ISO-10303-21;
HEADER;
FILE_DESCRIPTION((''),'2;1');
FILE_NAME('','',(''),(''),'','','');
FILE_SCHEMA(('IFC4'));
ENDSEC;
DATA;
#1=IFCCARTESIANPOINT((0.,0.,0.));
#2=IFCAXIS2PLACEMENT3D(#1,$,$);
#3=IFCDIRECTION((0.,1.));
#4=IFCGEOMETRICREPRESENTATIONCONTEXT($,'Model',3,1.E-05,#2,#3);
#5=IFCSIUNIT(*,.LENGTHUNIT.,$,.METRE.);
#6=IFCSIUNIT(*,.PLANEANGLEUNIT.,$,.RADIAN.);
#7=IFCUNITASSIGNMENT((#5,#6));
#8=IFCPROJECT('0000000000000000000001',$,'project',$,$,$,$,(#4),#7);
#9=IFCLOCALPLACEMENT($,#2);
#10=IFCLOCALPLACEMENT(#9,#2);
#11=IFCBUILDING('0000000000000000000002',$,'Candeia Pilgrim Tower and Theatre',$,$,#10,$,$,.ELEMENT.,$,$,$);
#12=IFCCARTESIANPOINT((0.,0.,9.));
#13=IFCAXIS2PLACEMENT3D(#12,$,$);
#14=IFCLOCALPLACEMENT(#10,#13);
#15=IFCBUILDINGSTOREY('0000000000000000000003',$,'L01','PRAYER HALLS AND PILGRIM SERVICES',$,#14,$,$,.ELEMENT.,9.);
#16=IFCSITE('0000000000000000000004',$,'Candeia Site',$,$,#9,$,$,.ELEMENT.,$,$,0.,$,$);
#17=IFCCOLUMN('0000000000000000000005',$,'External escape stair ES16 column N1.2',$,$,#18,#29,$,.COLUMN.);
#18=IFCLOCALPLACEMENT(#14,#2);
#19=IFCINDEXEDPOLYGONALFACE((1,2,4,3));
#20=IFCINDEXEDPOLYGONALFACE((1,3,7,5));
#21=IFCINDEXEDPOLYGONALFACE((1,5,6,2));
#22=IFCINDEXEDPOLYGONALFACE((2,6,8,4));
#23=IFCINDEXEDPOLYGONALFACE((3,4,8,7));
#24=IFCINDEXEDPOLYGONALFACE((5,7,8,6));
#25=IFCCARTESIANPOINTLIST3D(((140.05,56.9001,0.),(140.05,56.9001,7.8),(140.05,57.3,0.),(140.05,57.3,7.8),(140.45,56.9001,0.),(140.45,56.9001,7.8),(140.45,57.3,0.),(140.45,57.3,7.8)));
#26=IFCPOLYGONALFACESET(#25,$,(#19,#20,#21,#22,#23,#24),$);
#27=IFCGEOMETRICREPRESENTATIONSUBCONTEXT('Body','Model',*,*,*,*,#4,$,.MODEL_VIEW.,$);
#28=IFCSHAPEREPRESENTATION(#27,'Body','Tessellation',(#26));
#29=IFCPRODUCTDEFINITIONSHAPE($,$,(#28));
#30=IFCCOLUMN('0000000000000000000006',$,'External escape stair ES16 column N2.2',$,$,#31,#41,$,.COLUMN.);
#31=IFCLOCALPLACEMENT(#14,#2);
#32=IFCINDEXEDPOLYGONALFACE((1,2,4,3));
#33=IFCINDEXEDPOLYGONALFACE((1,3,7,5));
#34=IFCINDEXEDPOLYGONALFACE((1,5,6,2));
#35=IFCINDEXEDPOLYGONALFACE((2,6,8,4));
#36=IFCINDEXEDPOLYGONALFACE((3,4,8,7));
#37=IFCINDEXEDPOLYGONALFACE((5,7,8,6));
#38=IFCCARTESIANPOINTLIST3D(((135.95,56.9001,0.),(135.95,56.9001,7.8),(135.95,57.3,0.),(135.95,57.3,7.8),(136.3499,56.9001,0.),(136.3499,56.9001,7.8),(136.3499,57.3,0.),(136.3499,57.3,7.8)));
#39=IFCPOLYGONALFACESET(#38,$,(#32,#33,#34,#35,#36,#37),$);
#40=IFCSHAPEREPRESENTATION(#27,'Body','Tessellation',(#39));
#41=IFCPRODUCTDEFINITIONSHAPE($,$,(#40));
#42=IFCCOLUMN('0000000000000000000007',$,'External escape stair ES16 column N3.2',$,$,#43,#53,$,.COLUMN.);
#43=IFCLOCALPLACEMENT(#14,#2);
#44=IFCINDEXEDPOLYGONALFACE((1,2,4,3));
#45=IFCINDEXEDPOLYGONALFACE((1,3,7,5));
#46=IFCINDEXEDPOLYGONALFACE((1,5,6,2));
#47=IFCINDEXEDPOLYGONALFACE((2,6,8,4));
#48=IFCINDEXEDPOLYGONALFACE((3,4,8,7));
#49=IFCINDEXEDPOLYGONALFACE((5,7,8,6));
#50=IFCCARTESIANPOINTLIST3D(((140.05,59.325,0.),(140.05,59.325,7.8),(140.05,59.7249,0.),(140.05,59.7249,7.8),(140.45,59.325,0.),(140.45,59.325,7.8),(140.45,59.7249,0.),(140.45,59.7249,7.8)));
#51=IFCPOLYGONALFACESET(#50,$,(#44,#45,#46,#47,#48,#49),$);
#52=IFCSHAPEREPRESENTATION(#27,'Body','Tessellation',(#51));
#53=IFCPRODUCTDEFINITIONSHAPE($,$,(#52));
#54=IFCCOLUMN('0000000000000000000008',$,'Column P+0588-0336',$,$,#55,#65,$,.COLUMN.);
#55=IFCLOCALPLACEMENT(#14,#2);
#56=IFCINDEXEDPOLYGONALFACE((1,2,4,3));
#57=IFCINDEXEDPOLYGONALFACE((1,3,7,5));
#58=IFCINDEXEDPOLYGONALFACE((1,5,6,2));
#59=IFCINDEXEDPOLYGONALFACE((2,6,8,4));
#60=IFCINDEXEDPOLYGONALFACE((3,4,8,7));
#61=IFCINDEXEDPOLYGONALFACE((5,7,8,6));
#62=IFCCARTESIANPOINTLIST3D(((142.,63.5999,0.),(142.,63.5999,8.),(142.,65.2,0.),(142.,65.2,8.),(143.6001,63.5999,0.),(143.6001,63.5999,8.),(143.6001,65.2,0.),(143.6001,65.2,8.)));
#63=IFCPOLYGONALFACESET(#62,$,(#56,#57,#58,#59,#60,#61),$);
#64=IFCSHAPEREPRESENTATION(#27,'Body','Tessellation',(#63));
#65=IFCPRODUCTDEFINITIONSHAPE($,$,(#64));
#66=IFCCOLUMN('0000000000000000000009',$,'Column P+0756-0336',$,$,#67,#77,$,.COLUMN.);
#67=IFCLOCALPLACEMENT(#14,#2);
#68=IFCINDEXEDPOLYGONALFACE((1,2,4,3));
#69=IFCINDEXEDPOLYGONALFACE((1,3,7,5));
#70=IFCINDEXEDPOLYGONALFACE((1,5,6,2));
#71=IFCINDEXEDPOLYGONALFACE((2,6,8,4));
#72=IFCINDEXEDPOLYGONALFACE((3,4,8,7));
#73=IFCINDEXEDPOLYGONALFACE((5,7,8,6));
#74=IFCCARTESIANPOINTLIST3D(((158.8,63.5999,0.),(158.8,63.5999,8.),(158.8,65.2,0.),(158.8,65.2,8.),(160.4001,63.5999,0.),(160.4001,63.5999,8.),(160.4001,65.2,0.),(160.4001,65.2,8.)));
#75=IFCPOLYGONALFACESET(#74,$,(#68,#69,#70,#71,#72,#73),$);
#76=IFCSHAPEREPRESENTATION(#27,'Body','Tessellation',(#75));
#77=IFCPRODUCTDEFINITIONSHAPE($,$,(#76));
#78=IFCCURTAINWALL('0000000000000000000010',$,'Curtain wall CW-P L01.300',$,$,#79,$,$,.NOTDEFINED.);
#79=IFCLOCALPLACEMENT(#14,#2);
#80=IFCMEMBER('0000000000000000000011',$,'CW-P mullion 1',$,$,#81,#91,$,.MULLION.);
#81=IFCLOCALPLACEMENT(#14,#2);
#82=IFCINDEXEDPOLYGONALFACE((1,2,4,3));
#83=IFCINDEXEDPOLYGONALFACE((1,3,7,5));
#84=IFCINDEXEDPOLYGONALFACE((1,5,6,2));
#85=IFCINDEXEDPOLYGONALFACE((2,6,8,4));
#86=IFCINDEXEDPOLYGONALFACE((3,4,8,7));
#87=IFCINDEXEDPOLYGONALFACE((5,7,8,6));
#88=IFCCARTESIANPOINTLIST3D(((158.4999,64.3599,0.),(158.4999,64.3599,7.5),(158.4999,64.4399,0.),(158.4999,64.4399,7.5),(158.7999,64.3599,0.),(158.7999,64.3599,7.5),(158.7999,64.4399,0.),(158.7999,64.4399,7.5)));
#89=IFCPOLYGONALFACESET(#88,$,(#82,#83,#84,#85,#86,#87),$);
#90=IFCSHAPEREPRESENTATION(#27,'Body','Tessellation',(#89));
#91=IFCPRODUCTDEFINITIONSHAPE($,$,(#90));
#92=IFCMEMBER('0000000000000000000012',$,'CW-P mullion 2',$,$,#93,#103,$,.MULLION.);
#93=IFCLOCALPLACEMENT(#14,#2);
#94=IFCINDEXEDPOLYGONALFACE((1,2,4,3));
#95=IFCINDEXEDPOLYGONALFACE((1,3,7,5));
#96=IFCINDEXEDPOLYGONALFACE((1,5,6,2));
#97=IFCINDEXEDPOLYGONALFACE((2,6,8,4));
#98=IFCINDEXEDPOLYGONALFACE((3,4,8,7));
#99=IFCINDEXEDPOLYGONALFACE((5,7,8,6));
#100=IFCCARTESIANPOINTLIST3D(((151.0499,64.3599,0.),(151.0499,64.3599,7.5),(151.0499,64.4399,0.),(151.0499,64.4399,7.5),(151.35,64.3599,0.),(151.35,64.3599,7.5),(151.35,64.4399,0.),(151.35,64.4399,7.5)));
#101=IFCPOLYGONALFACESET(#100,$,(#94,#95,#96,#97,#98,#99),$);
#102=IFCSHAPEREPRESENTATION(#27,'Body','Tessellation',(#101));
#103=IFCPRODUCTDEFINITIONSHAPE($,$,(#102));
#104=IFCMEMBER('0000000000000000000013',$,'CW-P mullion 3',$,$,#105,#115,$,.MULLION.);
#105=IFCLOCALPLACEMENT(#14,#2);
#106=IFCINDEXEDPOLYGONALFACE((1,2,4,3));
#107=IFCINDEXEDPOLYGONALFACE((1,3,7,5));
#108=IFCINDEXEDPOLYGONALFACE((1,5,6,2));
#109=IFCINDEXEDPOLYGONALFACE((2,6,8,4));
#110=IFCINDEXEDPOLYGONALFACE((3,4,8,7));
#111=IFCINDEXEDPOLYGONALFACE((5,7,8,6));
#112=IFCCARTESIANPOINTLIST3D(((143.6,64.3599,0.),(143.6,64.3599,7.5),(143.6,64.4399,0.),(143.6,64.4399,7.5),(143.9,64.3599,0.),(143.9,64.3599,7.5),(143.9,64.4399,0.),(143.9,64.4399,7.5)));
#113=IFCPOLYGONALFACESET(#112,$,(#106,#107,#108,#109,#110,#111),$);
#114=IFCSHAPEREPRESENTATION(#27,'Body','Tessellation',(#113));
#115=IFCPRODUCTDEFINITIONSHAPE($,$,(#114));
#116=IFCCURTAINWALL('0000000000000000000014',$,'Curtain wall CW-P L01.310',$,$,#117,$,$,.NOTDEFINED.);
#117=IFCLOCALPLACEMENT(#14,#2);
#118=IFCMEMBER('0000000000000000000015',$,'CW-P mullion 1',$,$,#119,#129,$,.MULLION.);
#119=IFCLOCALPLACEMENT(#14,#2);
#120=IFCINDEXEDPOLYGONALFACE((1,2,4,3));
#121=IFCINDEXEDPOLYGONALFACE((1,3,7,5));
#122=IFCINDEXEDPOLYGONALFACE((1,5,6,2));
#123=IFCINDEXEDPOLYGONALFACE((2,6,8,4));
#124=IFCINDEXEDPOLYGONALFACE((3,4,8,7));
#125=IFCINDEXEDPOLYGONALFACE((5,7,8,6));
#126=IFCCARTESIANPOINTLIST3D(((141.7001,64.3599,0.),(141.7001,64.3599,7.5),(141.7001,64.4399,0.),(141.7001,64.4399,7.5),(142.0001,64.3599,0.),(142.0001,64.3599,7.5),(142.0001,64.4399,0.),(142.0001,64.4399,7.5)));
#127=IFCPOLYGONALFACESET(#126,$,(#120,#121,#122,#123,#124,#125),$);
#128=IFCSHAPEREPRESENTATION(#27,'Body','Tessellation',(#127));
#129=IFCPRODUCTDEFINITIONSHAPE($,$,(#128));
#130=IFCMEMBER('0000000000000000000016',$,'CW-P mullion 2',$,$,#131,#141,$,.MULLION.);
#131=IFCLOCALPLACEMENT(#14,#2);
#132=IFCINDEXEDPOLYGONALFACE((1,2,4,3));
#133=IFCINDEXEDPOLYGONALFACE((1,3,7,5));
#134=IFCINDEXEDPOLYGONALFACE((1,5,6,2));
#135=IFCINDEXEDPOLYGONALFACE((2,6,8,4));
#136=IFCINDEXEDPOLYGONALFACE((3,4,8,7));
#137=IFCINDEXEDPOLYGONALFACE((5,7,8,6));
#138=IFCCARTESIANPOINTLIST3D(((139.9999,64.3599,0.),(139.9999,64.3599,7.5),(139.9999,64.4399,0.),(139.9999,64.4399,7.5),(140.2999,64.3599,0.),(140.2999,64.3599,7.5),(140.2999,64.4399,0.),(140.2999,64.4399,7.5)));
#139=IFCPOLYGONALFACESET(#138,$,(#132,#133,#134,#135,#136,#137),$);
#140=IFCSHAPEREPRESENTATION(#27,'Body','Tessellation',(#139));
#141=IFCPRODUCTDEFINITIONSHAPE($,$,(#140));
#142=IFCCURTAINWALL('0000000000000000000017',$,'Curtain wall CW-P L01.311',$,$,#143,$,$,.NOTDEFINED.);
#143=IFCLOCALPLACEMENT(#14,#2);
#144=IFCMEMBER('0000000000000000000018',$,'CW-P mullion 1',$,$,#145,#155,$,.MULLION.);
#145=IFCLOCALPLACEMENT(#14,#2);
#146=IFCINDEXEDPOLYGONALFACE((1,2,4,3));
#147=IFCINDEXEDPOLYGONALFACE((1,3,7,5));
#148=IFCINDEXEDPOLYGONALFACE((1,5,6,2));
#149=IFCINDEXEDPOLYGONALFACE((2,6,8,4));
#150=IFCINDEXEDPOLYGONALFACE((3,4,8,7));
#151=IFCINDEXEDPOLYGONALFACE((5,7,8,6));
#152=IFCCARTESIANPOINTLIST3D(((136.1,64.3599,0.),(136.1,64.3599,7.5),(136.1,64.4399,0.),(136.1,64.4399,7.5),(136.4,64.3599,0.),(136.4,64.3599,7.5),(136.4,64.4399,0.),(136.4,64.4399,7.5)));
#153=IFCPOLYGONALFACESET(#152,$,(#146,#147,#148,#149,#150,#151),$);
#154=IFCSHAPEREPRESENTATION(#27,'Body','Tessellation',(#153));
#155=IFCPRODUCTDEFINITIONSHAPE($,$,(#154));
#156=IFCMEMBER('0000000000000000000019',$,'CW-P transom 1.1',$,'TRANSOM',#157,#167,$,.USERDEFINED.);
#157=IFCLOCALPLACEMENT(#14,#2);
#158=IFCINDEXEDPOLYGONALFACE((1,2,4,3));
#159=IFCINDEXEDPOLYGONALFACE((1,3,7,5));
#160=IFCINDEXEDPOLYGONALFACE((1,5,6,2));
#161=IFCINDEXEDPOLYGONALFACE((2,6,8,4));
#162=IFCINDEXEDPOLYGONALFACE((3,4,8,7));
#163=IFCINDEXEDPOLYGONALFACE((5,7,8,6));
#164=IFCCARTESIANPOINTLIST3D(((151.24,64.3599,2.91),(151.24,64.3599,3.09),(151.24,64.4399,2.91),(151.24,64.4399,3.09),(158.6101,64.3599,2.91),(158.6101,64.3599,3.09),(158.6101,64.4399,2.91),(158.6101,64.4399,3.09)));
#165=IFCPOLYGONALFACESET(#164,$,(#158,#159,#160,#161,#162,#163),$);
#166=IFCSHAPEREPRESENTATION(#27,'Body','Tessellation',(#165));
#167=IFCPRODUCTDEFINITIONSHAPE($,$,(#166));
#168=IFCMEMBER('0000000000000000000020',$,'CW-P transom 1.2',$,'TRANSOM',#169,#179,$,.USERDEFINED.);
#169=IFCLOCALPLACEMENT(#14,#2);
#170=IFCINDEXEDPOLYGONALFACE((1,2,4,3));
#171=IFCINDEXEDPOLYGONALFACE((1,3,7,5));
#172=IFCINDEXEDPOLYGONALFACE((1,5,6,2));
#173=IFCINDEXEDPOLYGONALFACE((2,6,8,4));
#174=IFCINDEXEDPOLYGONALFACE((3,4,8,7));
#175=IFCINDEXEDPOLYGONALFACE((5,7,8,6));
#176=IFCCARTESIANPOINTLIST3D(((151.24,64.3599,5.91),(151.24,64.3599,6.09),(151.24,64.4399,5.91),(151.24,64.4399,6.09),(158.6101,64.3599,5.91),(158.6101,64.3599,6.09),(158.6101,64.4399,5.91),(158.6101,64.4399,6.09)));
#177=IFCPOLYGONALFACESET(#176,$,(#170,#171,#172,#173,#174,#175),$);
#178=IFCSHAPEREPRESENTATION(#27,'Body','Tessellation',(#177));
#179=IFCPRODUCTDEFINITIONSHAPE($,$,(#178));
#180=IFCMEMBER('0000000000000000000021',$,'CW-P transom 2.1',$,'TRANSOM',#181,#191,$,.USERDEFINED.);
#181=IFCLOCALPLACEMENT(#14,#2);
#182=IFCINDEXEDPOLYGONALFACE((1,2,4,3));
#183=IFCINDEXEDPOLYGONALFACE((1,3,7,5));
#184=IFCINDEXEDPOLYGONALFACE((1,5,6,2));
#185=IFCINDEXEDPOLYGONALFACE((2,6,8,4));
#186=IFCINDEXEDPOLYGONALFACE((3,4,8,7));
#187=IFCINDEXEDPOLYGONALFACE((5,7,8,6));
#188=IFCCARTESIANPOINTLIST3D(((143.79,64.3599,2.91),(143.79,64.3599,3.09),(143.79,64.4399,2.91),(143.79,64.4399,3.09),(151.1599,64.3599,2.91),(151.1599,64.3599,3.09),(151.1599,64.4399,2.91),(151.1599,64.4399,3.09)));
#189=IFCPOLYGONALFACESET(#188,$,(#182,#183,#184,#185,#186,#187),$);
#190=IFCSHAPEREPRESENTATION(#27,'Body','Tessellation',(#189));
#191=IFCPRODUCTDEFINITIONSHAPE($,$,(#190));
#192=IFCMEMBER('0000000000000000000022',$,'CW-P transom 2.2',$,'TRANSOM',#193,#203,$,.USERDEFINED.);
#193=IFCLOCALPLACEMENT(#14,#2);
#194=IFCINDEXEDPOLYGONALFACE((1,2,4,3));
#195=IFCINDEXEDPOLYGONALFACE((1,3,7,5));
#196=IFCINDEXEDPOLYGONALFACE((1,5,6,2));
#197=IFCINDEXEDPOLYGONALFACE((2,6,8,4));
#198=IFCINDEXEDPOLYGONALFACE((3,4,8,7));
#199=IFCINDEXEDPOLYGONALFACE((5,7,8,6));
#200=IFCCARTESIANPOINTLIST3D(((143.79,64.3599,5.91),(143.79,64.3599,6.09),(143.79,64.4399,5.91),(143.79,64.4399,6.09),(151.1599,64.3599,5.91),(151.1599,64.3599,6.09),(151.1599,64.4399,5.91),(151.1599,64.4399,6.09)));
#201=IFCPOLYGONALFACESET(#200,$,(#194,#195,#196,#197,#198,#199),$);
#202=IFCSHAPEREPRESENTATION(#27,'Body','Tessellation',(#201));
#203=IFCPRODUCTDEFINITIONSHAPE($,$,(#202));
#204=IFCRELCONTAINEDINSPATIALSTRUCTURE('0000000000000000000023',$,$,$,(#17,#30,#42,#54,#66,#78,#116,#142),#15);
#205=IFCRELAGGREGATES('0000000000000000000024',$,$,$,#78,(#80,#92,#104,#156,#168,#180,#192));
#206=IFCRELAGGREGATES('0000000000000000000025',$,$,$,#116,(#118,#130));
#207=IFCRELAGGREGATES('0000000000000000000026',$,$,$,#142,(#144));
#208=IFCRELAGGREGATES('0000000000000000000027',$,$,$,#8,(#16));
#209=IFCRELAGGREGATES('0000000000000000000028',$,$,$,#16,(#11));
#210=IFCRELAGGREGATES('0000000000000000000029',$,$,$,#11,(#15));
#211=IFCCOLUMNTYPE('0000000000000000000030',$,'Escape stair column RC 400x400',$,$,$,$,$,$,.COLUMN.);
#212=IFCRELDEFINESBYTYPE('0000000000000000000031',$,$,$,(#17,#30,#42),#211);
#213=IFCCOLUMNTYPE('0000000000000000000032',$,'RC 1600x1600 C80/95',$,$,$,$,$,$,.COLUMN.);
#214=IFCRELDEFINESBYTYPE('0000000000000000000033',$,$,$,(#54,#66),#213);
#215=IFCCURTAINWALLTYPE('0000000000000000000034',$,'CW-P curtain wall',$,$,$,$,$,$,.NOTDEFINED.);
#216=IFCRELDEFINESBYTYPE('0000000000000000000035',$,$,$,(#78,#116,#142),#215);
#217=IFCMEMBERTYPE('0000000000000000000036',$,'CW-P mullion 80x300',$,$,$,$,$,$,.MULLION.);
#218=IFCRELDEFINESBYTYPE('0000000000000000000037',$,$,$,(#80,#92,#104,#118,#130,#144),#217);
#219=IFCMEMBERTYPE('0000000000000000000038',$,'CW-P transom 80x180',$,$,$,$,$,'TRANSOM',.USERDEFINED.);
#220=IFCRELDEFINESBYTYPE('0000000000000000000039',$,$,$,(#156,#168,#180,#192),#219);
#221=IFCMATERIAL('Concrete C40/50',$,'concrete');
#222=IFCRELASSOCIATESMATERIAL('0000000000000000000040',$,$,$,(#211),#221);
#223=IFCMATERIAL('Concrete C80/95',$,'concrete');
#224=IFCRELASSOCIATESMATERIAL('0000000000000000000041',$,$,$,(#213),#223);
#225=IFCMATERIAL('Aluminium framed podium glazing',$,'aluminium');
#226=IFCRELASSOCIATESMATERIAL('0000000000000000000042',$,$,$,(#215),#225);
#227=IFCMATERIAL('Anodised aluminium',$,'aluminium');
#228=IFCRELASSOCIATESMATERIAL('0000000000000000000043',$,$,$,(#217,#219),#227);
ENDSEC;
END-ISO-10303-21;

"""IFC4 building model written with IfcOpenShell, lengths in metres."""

from ifc_helpers import new_model, si_unit, direction, frame, origin, origin_2d, place, context, subcontext, project, spatial, rectangle, extrude, material, material_profile, profile_set, type_object, element, aggregate, save


model = new_model("IFC4")

# Units and contexts
model_context = context("Model", 3, precision=1e-05, world=origin(), true_north=direction((0.0, 1.0)))
body_context = subcontext(model_context, "Body", "Model", "MODEL_VIEW")
ifc_project = project(units=[si_unit("LENGTHUNIT", "METRE"), si_unit("PLANEANGLEUNIT", "RADIAN")], contexts=[model_context])

# Site, building, storey
site_placement = place(None, origin())
site = spatial("IfcSite", under=ifc_project, at=site_placement, Name="Candeia Site", CompositionType="ELEMENT", RefElevation=0.0)
building_placement = place(site_placement, origin())
building = spatial("IfcBuilding", under=site, at=building_placement, Name="Candeia Pilgrim Tower and Theatre", CompositionType="ELEMENT")
storey_placement = place(building_placement, frame((0.0, 0.0, 9.0)))
storey = spatial("IfcBuildingStorey", under=building, at=storey_placement, Name="L01", Description="PRAYER HALLS AND PILGRIM SERVICES", CompositionType="ELEMENT", Elevation=9.0)

# Columns
ifc_material_1 = material(Name="Concrete C40/50", Category="concrete")
ifc_material_profile_1 = material_profile(ifc_material_1, rectangle(XDim=0.3999, YDim=0.3999, at=origin_2d()))
ifc_profile_set_1 = profile_set([ifc_material_profile_1], Name="Concrete C40/50")
column_type_1 = type_object("IfcColumnType", Name="Escape stair column RC 400x400", PredefinedType="COLUMN", material=ifc_profile_set_1)
for number, where, z_axis, x_axis, name in (
    (1, (140.25, 57.1001, 0.0), (0.0, 0.0, 1.0), (1.0, 0.0, 0.0), "External escape stair ES16 column N1.2"),
    (2, (136.1499, 57.1001, 0.0), (0.0, 0.0, 1.0), (1.0, 0.0, 0.0), "External escape stair ES16 column N2.2"),
    (3, (140.25, 59.5249, 0.0), (0.0, 0.0, 1.0), (1.0, 0.0, 0.0), "External escape stair ES16 column N3.2"),
):
    element("IfcColumn", number, at=place(storey_placement, frame(where, z_axis=z_axis, x_axis=x_axis)), inside=storey, type_object=column_type_1, Name=name, PredefinedType="COLUMN", context=body_context, shape_type="SweptSolid", body=[
        extrude(rectangle(XDim=0.3999, YDim=0.3999, at=origin_2d()), origin(), (0.0, 0.0, 1.0), 7.8),
    ])
ifc_material_2 = material(Name="Concrete C80/95", Category="concrete")
ifc_material_profile_2 = material_profile(ifc_material_2, rectangle(XDim=1.6001, YDim=1.6001, at=origin_2d()))
ifc_profile_set_2 = profile_set([ifc_material_profile_2], Name="Concrete C80/95")
column_type_2 = type_object("IfcColumnType", Name="RC 1600x1600 C80/95", PredefinedType="COLUMN", material=ifc_profile_set_2)
for number, where, z_axis, x_axis, name in (
    (4, (142.8, 64.3999, 0.0), (0.0, 0.0, 1.0), (1.0, 0.0, 0.0), "Column P+0588-0336"),
    (5, (159.6001, 64.3999, 0.0), (0.0, 0.0, 1.0), (1.0, 0.0, 0.0), "Column P+0756-0336"),
):
    element("IfcColumn", number, at=place(storey_placement, frame(where, z_axis=z_axis, x_axis=x_axis)), inside=storey, type_object=column_type_2, Name=name, PredefinedType="COLUMN", context=body_context, shape_type="SweptSolid", body=[
        extrude(rectangle(XDim=1.6001, YDim=1.6001, at=origin_2d()), origin(), (0.0, 0.0, 1.0), 8.0),
    ])

# Curtain walls, members
ifc_material_3 = material(Name="Aluminium framed podium glazing", Category="aluminium")
curtain_wall_type = type_object("IfcCurtainWallType", Name="CW-P curtain wall", PredefinedType="NOTDEFINED", material=ifc_material_3)
curtain_wall_1_placement = place(storey_placement, origin())
curtain_wall_1 = element("IfcCurtainWall", 6, at=curtain_wall_1_placement, inside=storey, type_object=curtain_wall_type, Name="Curtain wall CW-P L01.300", PredefinedType="NOTDEFINED")
ifc_material_4 = material(Name="Anodised aluminium", Category="aluminium")
ifc_material_profile_3 = material_profile(ifc_material_4, rectangle(XDim=0.0801, YDim=0.3, at=origin_2d()))
ifc_profile_set_3 = profile_set([ifc_material_profile_3], Name="Anodised aluminium")
member_type_1 = type_object("IfcMemberType", Name="CW-P mullion 80x300", PredefinedType="MULLION", material=ifc_profile_set_3)
member_1_placement = place(storey_placement, frame((158.6499, 64.3999, 0.0), z_axis=(0.0, 0.0, 1.0), x_axis=(0.0, -1.0, 0.0)))
member_1 = element("IfcMember", 7, at=member_1_placement, type_object=member_type_1, Name="CW-P mullion 1", PredefinedType="MULLION", context=body_context, shape_type="SweptSolid", body=[
    extrude(rectangle(XDim=0.0801, YDim=0.3, at=origin_2d()), origin(), (0.0, 0.0, 1.0), 7.5),
])
member_2_placement = place(storey_placement, frame((151.2, 64.3999, 0.0), z_axis=(0.0, 0.0, 1.0), x_axis=(0.0, -1.0, 0.0)))
member_2 = element("IfcMember", 8, at=member_2_placement, type_object=member_type_1, Name="CW-P mullion 2", PredefinedType="MULLION", context=body_context, shape_type="SweptSolid", body=[
    extrude(rectangle(XDim=0.0801, YDim=0.3, at=origin_2d()), origin(), (0.0, 0.0, 1.0), 7.5),
])
member_3_placement = place(storey_placement, frame((143.75, 64.3999, 0.0), z_axis=(0.0, 0.0, 1.0), x_axis=(0.0, -1.0, 0.0)))
member_3 = element("IfcMember", 9, at=member_3_placement, type_object=member_type_1, Name="CW-P mullion 3", PredefinedType="MULLION", context=body_context, shape_type="SweptSolid", body=[
    extrude(rectangle(XDim=0.0801, YDim=0.3, at=origin_2d()), origin(), (0.0, 0.0, 1.0), 7.5),
])
curtain_wall_2_placement = place(storey_placement, origin())
curtain_wall_2 = element("IfcCurtainWall", 10, at=curtain_wall_2_placement, inside=storey, type_object=curtain_wall_type, Name="Curtain wall CW-P L01.310", PredefinedType="NOTDEFINED")
member_4_placement = place(storey_placement, frame((141.8501, 64.3999, 0.0), z_axis=(0.0, 0.0, 1.0), x_axis=(0.0, -1.0, 0.0)))
member_4 = element("IfcMember", 11, at=member_4_placement, type_object=member_type_1, Name="CW-P mullion 1", PredefinedType="MULLION", context=body_context, shape_type="SweptSolid", body=[
    extrude(rectangle(XDim=0.0801, YDim=0.3, at=origin_2d()), origin(), (0.0, 0.0, 1.0), 7.5),
])
member_5_placement = place(storey_placement, frame((140.1499, 64.3999, 0.0), z_axis=(0.0, 0.0, 1.0), x_axis=(0.0, -1.0, 0.0)))
member_5 = element("IfcMember", 12, at=member_5_placement, type_object=member_type_1, Name="CW-P mullion 2", PredefinedType="MULLION", context=body_context, shape_type="SweptSolid", body=[
    extrude(rectangle(XDim=0.0801, YDim=0.3, at=origin_2d()), origin(), (0.0, 0.0, 1.0), 7.5),
])

# Curtain wall, member
curtain_wall_3_placement = place(storey_placement, origin())
curtain_wall_3 = element("IfcCurtainWall", 13, at=curtain_wall_3_placement, inside=storey, type_object=curtain_wall_type, Name="Curtain wall CW-P L01.311", PredefinedType="NOTDEFINED")
member_6_placement = place(storey_placement, frame((136.25, 64.3999, 0.0), z_axis=(0.0, 0.0, 1.0), x_axis=(0.0, -1.0, 0.0)))
member_6 = element("IfcMember", 14, at=member_6_placement, type_object=member_type_1, Name="CW-P mullion 1", PredefinedType="MULLION", context=body_context, shape_type="SweptSolid", body=[
    extrude(rectangle(XDim=0.0801, YDim=0.3, at=origin_2d()), origin(), (0.0, 0.0, 1.0), 7.5),
])

# Members
ifc_material_profile_4 = material_profile(ifc_material_4, rectangle(XDim=0.0801, YDim=0.1799, at=origin_2d()))
ifc_profile_set_4 = profile_set([ifc_material_profile_4], Name="Anodised aluminium")
member_type_2 = type_object("IfcMemberType", Name="CW-P transom 80x180", ElementType="TRANSOM", PredefinedType="USERDEFINED", material=ifc_profile_set_4)
member_7_placement = place(storey_placement, frame((158.6101, 64.3999, 3.0), z_axis=(-1.0, 0.0, 0.0), x_axis=(0.0, -1.0, 0.0)))
member_7 = element("IfcMember", 15, at=member_7_placement, type_object=member_type_2, Name="CW-P transom 1.1", ObjectType="TRANSOM", PredefinedType="USERDEFINED", context=body_context, shape_type="SweptSolid", body=[
    extrude(rectangle(XDim=0.0801, YDim=0.1799, at=origin_2d()), origin(), (0.0, 0.0, 1.0), 7.3701),
])
member_8_placement = place(storey_placement, frame((158.6101, 64.3999, 6.0), z_axis=(-1.0, 0.0, 0.0), x_axis=(0.0, -1.0, 0.0)))
member_8 = element("IfcMember", 16, at=member_8_placement, type_object=member_type_2, Name="CW-P transom 1.2", ObjectType="TRANSOM", PredefinedType="USERDEFINED", context=body_context, shape_type="SweptSolid", body=[
    extrude(rectangle(XDim=0.0801, YDim=0.1799, at=origin_2d()), origin(), (0.0, 0.0, 1.0), 7.3701),
])
member_9_placement = place(storey_placement, frame((151.1599, 64.3999, 3.0), z_axis=(-1.0, 0.0, 0.0), x_axis=(0.0, -1.0, 0.0)))
member_9 = element("IfcMember", 17, at=member_9_placement, type_object=member_type_2, Name="CW-P transom 2.1", ObjectType="TRANSOM", PredefinedType="USERDEFINED", context=body_context, shape_type="SweptSolid", body=[
    extrude(rectangle(XDim=0.0801, YDim=0.1799, at=origin_2d()), origin(), (0.0, 0.0, 1.0), 7.3699),
])
member_10_placement = place(storey_placement, frame((151.1599, 64.3999, 6.0), z_axis=(-1.0, 0.0, 0.0), x_axis=(0.0, -1.0, 0.0)))
member_10 = element("IfcMember", 18, at=member_10_placement, type_object=member_type_2, Name="CW-P transom 2.2", ObjectType="TRANSOM", PredefinedType="USERDEFINED", context=body_context, shape_type="SweptSolid", body=[
    extrude(rectangle(XDim=0.0801, YDim=0.1799, at=origin_2d()), origin(), (0.0, 0.0, 1.0), 7.3699),
])

aggregate(curtain_wall_1, [member_1, member_2, member_3, member_7, member_8, member_9, member_10])
aggregate(curtain_wall_2, [member_4, member_5])
aggregate(curtain_wall_3, [member_6])

save(model, "model.ifc")
